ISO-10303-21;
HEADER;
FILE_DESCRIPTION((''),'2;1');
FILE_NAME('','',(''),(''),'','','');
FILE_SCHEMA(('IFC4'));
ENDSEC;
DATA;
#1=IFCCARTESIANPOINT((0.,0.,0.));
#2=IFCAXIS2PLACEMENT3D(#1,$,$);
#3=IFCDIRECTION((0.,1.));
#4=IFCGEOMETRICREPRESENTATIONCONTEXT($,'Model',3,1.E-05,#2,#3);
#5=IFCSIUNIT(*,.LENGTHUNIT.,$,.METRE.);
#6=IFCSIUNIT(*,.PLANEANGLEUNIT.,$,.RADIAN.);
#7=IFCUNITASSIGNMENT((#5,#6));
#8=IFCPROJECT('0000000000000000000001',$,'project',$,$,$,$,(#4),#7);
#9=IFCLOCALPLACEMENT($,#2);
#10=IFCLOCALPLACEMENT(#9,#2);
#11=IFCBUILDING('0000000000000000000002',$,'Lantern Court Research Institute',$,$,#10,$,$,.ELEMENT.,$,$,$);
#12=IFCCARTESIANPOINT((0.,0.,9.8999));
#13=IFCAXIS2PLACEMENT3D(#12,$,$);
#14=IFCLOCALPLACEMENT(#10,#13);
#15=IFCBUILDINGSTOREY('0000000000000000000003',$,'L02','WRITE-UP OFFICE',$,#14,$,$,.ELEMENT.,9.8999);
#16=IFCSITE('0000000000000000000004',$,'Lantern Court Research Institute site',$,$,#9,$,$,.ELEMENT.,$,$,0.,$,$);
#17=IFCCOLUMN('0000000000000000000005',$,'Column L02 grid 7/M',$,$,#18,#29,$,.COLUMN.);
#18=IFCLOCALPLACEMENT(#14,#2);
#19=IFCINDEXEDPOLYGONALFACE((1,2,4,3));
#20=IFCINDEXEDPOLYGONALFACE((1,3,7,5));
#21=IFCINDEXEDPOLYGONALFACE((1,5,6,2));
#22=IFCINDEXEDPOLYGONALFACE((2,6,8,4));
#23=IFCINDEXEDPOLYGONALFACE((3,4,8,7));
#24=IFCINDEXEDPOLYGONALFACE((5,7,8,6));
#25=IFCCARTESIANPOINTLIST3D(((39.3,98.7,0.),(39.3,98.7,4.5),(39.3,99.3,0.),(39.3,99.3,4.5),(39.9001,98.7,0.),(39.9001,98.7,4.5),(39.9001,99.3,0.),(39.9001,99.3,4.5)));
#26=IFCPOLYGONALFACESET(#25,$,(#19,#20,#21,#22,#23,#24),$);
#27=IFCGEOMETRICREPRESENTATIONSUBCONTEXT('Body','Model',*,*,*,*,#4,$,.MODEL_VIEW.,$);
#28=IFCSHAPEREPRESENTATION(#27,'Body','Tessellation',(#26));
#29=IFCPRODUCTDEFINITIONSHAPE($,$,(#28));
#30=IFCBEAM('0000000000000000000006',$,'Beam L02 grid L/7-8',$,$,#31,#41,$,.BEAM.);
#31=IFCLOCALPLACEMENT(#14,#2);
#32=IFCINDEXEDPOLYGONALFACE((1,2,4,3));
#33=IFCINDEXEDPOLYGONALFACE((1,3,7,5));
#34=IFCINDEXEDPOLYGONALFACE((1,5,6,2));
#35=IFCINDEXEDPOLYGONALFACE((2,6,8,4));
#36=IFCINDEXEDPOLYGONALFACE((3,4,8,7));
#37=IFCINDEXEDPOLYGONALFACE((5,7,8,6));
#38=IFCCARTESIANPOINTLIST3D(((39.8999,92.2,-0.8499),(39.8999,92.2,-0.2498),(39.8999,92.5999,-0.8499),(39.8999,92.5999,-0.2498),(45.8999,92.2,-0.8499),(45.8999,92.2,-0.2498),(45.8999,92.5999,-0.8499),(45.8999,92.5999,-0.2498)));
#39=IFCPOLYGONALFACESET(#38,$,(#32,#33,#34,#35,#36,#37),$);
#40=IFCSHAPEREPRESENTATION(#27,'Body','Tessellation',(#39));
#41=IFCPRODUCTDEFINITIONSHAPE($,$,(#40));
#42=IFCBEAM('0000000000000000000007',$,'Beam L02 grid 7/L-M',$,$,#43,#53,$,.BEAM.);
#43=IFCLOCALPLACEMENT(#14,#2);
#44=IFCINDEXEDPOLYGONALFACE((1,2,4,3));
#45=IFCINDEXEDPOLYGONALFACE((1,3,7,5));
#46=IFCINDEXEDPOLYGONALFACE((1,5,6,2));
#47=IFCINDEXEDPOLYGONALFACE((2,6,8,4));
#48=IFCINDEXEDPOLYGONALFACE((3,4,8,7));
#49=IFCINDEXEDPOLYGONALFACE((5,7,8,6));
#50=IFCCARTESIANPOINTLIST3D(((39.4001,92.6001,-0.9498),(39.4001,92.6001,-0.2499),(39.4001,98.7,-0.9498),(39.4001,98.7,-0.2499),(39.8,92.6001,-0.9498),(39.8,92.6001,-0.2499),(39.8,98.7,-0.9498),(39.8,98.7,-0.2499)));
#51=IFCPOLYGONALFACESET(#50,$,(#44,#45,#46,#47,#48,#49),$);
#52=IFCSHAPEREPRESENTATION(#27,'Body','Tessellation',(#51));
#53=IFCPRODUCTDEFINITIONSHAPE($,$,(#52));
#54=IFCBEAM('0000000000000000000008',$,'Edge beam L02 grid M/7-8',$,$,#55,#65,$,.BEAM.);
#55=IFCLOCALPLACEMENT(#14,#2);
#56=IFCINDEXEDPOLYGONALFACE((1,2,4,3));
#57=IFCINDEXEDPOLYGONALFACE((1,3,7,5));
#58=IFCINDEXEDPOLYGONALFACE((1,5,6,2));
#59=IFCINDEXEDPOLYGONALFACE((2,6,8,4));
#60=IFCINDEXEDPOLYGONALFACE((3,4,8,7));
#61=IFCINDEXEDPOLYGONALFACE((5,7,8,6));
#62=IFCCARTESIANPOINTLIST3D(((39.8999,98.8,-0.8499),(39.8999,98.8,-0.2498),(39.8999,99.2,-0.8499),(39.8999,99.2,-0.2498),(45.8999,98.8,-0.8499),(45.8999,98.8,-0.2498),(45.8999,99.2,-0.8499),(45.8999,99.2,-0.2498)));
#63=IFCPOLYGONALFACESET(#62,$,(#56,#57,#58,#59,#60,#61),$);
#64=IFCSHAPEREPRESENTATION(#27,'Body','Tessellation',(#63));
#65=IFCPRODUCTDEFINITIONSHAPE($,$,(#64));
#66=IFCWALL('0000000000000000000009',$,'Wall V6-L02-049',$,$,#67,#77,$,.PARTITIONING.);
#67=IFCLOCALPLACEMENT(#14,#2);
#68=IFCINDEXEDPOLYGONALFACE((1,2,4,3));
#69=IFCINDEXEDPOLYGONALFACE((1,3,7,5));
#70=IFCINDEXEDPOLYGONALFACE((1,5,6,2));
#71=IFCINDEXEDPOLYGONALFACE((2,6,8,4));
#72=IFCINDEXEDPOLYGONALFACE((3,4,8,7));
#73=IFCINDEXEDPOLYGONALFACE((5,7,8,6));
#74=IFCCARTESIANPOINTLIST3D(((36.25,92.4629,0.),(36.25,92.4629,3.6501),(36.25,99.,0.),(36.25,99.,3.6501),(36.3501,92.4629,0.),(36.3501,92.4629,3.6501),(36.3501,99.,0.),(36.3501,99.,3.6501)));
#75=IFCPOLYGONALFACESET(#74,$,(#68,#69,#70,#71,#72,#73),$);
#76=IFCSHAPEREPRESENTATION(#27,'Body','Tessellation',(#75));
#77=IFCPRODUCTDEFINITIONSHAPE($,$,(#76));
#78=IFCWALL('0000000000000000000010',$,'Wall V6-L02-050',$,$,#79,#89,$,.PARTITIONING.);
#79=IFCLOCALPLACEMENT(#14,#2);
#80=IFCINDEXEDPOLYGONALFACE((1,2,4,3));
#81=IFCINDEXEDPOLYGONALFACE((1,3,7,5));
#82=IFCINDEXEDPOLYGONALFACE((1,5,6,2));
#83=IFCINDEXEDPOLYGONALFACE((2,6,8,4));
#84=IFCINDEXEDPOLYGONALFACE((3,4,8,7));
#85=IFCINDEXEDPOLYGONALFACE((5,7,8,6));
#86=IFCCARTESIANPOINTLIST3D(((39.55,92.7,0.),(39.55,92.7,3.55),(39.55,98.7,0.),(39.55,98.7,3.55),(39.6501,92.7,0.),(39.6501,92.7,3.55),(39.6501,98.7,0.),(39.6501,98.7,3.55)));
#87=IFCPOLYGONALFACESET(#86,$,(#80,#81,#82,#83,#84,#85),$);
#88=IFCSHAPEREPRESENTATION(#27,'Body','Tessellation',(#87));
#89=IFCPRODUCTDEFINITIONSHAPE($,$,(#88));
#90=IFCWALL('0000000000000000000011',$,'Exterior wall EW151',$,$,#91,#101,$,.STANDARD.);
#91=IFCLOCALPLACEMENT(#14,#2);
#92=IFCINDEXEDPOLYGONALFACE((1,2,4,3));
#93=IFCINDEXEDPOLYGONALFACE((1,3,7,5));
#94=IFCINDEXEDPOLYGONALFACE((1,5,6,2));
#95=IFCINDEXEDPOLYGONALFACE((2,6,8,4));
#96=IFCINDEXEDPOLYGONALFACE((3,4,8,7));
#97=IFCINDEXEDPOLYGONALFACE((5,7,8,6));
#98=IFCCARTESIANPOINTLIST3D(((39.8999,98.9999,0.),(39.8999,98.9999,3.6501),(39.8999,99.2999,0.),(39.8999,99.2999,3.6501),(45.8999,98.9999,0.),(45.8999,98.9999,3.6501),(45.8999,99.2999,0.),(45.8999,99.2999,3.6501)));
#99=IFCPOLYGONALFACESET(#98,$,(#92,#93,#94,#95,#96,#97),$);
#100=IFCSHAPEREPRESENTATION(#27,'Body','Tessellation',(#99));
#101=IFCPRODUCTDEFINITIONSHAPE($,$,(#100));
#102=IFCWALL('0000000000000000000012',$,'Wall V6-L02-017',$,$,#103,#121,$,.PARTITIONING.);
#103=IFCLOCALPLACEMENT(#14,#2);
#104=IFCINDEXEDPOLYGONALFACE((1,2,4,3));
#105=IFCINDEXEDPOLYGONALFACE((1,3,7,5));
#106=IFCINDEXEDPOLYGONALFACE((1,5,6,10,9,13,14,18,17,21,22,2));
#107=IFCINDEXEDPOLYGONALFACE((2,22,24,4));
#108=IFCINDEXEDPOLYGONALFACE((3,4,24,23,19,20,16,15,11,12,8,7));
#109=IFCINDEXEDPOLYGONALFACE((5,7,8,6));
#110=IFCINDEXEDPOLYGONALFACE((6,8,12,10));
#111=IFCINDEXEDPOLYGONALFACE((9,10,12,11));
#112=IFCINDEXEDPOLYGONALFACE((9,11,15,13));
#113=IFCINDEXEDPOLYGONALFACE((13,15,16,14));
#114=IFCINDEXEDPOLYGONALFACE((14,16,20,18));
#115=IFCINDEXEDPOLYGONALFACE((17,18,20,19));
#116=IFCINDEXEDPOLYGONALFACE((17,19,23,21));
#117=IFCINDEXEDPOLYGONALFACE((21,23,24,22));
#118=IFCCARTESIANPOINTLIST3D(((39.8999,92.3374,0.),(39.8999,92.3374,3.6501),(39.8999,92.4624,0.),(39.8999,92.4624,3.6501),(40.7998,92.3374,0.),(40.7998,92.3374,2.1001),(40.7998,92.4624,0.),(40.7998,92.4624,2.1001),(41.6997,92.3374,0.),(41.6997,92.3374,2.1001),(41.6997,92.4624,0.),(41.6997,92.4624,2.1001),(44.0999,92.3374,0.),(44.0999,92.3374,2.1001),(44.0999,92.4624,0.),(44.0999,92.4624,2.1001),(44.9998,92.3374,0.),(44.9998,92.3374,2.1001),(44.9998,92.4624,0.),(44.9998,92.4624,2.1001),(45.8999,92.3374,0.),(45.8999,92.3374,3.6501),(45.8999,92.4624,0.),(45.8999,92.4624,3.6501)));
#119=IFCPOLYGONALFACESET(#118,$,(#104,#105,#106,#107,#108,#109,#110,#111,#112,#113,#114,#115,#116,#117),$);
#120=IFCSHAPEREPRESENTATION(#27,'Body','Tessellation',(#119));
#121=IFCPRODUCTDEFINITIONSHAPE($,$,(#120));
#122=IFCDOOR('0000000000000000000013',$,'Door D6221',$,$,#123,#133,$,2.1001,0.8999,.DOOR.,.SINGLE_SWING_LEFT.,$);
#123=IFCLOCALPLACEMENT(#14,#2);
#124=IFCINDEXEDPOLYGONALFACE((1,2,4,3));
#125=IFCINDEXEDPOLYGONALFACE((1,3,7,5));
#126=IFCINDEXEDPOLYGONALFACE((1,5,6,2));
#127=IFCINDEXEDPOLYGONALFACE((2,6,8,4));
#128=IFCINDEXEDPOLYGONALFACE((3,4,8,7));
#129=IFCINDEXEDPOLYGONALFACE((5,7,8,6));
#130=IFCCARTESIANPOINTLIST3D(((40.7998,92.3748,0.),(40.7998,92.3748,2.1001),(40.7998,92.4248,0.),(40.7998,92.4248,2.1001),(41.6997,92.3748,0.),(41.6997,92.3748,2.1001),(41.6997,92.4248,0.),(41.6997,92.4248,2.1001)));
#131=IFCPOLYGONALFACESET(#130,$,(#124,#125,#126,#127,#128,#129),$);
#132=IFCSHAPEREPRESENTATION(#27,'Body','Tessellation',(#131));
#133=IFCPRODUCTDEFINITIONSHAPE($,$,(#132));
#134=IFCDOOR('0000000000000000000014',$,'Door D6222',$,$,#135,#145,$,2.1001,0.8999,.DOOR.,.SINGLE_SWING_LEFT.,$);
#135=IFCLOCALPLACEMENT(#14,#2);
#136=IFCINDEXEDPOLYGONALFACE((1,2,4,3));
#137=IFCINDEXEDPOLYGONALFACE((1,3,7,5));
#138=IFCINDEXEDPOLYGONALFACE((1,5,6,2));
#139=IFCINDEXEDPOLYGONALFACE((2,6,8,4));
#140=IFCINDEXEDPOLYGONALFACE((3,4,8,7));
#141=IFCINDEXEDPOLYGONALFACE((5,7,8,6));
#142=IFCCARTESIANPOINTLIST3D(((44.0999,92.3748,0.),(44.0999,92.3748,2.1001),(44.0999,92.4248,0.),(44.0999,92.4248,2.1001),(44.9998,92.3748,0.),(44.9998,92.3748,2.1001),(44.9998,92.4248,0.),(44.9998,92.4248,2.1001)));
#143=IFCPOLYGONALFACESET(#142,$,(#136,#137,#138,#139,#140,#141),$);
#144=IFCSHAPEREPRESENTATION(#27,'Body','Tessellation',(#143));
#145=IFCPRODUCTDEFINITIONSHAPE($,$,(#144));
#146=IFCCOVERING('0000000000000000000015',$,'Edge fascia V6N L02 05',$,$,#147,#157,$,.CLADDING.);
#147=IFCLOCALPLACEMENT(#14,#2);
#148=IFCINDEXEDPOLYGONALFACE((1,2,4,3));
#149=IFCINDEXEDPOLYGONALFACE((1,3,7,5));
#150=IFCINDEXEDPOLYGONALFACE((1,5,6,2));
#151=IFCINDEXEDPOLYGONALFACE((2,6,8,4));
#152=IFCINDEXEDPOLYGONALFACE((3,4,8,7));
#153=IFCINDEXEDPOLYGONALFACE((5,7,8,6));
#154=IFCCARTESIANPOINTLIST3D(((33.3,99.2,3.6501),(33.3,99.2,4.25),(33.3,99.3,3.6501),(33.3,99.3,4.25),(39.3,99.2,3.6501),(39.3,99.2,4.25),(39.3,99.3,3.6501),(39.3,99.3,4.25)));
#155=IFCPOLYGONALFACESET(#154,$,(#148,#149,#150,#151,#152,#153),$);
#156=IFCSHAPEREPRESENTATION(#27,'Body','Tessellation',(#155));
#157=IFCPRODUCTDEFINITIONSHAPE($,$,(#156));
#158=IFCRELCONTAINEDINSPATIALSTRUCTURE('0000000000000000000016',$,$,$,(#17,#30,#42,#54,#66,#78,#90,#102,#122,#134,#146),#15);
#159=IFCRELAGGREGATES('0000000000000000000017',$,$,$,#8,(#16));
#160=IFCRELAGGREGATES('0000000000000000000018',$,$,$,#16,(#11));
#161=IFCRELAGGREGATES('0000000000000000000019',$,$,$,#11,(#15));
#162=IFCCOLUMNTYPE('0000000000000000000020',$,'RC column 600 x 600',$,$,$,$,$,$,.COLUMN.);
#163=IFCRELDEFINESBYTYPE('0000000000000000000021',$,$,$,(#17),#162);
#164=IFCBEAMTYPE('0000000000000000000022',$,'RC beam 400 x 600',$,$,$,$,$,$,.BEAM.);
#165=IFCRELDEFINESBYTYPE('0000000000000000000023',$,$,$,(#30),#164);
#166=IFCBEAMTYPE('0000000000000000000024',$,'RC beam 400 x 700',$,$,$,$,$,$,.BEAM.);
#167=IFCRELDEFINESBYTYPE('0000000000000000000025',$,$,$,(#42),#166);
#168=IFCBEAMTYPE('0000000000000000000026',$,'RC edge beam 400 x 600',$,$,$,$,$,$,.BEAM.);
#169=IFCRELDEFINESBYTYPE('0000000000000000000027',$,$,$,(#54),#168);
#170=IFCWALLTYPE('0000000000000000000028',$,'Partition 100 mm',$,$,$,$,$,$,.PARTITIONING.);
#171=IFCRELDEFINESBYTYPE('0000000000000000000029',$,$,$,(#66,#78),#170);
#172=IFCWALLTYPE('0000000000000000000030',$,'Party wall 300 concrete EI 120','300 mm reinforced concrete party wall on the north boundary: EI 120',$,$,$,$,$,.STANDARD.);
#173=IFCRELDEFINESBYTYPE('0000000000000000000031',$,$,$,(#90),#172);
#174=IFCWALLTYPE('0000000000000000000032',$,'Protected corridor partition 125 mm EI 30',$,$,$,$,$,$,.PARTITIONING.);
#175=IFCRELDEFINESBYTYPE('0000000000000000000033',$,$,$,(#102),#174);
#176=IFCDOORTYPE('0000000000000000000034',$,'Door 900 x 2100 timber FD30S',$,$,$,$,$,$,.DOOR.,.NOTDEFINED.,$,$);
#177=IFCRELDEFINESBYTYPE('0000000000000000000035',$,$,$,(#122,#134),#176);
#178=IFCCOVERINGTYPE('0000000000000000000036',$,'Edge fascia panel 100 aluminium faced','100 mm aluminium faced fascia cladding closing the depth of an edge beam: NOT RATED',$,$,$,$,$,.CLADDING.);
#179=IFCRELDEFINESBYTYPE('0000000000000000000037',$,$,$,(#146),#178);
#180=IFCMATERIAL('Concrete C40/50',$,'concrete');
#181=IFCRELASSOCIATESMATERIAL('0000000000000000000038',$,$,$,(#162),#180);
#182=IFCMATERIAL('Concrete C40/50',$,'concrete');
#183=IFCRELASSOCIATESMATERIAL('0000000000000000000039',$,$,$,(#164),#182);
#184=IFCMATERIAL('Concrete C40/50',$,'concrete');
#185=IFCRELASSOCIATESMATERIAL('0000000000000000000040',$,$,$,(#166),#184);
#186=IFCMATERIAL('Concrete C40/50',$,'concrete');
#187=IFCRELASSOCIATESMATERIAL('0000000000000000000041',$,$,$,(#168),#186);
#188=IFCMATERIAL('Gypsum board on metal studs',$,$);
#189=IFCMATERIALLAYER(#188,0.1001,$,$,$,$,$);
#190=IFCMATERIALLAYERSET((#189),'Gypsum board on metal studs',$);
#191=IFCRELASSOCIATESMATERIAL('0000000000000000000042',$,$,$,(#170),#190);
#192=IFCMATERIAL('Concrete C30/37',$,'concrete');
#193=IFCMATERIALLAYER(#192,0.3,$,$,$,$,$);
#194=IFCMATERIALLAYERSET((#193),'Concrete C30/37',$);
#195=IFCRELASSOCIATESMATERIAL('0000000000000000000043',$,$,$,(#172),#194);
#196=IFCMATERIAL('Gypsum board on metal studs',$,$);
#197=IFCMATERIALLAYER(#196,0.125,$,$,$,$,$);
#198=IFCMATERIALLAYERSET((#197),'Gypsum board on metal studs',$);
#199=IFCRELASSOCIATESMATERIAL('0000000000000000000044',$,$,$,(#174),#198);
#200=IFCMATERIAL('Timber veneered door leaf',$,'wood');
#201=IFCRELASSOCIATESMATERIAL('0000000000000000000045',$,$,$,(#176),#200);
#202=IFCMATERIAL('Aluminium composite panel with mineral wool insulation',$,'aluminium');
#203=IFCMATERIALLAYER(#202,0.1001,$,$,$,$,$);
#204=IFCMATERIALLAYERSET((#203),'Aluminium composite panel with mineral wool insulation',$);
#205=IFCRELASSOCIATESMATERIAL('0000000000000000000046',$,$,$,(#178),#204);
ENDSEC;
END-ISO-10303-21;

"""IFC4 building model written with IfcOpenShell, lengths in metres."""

from ifc_helpers import new_model, si_unit, direction, frame, frame_2d, origin, origin_2d, place, context, subcontext, project, spatial, rectangle, extrude, material, layer, layer_set, material_profile, profile_set, type_object, element, fill, save


model = new_model("IFC4")

# Units and contexts
model_context = context("Model", 3, precision=1e-05, world=origin(), true_north=direction((0.0, 1.0)))
body_context = subcontext(model_context, "Body", "Model", "MODEL_VIEW")
ifc_project = project(units=[si_unit("LENGTHUNIT", "METRE"), si_unit("PLANEANGLEUNIT", "RADIAN")], contexts=[model_context])

# Site, building, storey
site_placement = place(None, origin())
site = spatial("IfcSite", under=ifc_project, at=site_placement, Name="Lantern Court Research Institute site", CompositionType="ELEMENT", RefElevation=0.0)
building_placement = place(site_placement, origin())
building = spatial("IfcBuilding", under=site, at=building_placement, Name="Lantern Court Research Institute", CompositionType="ELEMENT")
storey_placement = place(building_placement, frame((0.0, 0.0, 9.8999)))
storey = spatial("IfcBuildingStorey", under=building, at=storey_placement, Name="L02", Description="WRITE-UP OFFICE", CompositionType="ELEMENT", Elevation=9.8999)

# Column
ifc_material_1 = material(Name="Concrete C40/50", Category="concrete")
ifc_material_profile_1 = material_profile(ifc_material_1, rectangle(XDim=0.6001, YDim=0.6001, at=origin_2d()), Name="RC column 600 x 600")
ifc_profile_set_1 = profile_set([ifc_material_profile_1], Name="Concrete C40/50")
column_type = type_object("IfcColumnType", Name="RC column 600 x 600", PredefinedType="COLUMN", material=ifc_profile_set_1)
column_placement = place(storey_placement, frame((39.6001, 99.0, 0.0), z_axis=(0.0, 0.0, 1.0), x_axis=(1.0, 0.0, 0.0)))
element("IfcColumn", 1, at=column_placement, inside=storey, type_object=column_type, Name="Column L02 grid 7/M", PredefinedType="COLUMN", context=body_context, shape_type="SweptSolid", body=[
    extrude(rectangle(XDim=0.6001, YDim=0.6001, at=origin_2d()), origin(), (0.0, 0.0, 1.0), 4.5),
])

# Beams
ifc_material_2 = material(Name="Concrete C40/50", Category="concrete")
ifc_material_profile_2 = material_profile(ifc_material_2, rectangle(XDim=0.3999, YDim=0.6001, at=origin_2d()), Name="RC beam 400 x 600")
ifc_profile_set_2 = profile_set([ifc_material_profile_2], Name="Concrete C40/50")
beam_type_1 = type_object("IfcBeamType", Name="RC beam 400 x 600", PredefinedType="BEAM", material=ifc_profile_set_2)
beam_1_placement = place(storey_placement, frame((39.8999, 92.3999, -0.5498), z_axis=(1.0, 0.0, 0.0), x_axis=(0.0, 1.0, 0.0)))
element("IfcBeam", 2, at=beam_1_placement, inside=storey, type_object=beam_type_1, Name="Beam L02 grid L/7-8", PredefinedType="BEAM", context=body_context, shape_type="SweptSolid", body=[
    extrude(rectangle(XDim=0.3999, YDim=0.6001, at=origin_2d()), origin(), (0.0, 0.0, 1.0), 6.0),
])
ifc_material_3 = material(Name="Concrete C40/50", Category="concrete")
ifc_material_profile_3 = material_profile(ifc_material_3, rectangle(XDim=0.3999, YDim=0.7, at=origin_2d()), Name="RC beam 400 x 700")
ifc_profile_set_3 = profile_set([ifc_material_profile_3], Name="Concrete C40/50")
beam_type_2 = type_object("IfcBeamType", Name="RC beam 400 x 700", PredefinedType="BEAM", material=ifc_profile_set_3)
beam_2_placement = place(storey_placement, frame((39.6001, 92.6001, -0.5999), z_axis=(0.0, 1.0, 0.0), x_axis=(-1.0, 0.0, 0.0)))
element("IfcBeam", 3, at=beam_2_placement, inside=storey, type_object=beam_type_2, Name="Beam L02 grid 7/L-M", PredefinedType="BEAM", context=body_context, shape_type="SweptSolid", body=[
    extrude(rectangle(XDim=0.3999, YDim=0.7, at=origin_2d()), origin(), (0.0, 0.0, 1.0), 6.0999),
])
ifc_material_4 = material(Name="Concrete C40/50", Category="concrete")
ifc_material_profile_4 = material_profile(ifc_material_4, rectangle(XDim=0.3999, YDim=0.6001, at=origin_2d()), Name="RC beam 400 x 600")
ifc_profile_set_4 = profile_set([ifc_material_profile_4], Name="Concrete C40/50")
beam_type_3 = type_object("IfcBeamType", Name="RC edge beam 400 x 600", PredefinedType="BEAM", material=ifc_profile_set_4)
beam_3_placement = place(storey_placement, frame((39.8999, 99.0, -0.5498), z_axis=(1.0, 0.0, 0.0), x_axis=(0.0, 1.0, 0.0)))
element("IfcBeam", 4, at=beam_3_placement, inside=storey, type_object=beam_type_3, Name="Edge beam L02 grid M/7-8", PredefinedType="BEAM", context=body_context, shape_type="SweptSolid", body=[
    extrude(rectangle(XDim=0.3999, YDim=0.6001, at=origin_2d()), origin(), (0.0, 0.0, 1.0), 6.0),
])

# Walls
ifc_material_5 = material(Name="Gypsum board on metal studs")
ifc_layer_1 = layer(ifc_material_5, 0.1001)
ifc_layer_set_1 = layer_set([ifc_layer_1], Name="Gypsum board on metal studs")
wall_type_1 = type_object("IfcWallType", Name="Partition 100 mm", PredefinedType="PARTITIONING", material=ifc_layer_set_1)
wall_1_placement = place(storey_placement, frame((36.3, 92.4629, 0.0), z_axis=(0.0, 0.0, 1.0), x_axis=(0.0, 1.0, 0.0)))
element("IfcWall", 5, at=wall_1_placement, inside=storey, type_object=wall_type_1, Name="Wall V6-L02-049", PredefinedType="PARTITIONING", context=body_context, shape_type="SweptSolid", body=[
    extrude(rectangle(XDim=6.5371, YDim=0.1001, at=frame_2d((3.2686, 0.0))), origin(), (0.0, 0.0, 1.0), 3.6501),
])
wall_2_placement = place(storey_placement, frame((39.6001, 92.7, 0.0), z_axis=(0.0, 0.0, 1.0), x_axis=(0.0, 1.0, 0.0)))
element("IfcWall", 6, at=wall_2_placement, inside=storey, type_object=wall_type_1, Name="Wall V6-L02-050", PredefinedType="PARTITIONING", context=body_context, shape_type="SweptSolid", body=[
    extrude(rectangle(XDim=6.0, YDim=0.1001, at=frame_2d((3.0, 0.0))), origin(), (0.0, 0.0, 1.0), 3.55),
])
ifc_material_6 = material(Name="Concrete C30/37", Category="concrete")
ifc_layer_2 = layer(ifc_material_6, 0.3)
ifc_layer_set_2 = layer_set([ifc_layer_2], Name="Concrete C30/37")
wall_type_2 = type_object("IfcWallType", Name="Party wall 300 concrete EI 120", Description="300 mm reinforced concrete party wall on the north boundary: EI 120", PredefinedType="STANDARD", material=ifc_layer_set_2)
wall_3_placement = place(storey_placement, frame((39.8999, 99.1499, 0.0), z_axis=(0.0, 0.0, 1.0), x_axis=(1.0, 0.0, 0.0)))
element("IfcWall", 7, at=wall_3_placement, inside=storey, type_object=wall_type_2, Name="Exterior wall EW151", PredefinedType="STANDARD", context=body_context, shape_type="SweptSolid", body=[
    extrude(rectangle(XDim=6.0, YDim=0.3, at=frame_2d((3.0, 0.0))), origin(), (0.0, 0.0, 1.0), 3.6501),
])

# Wall, openings, doors
ifc_material_7 = material(Name="Gypsum board on metal studs")
ifc_layer_3 = layer(ifc_material_7, 0.125)
ifc_layer_set_3 = layer_set([ifc_layer_3], Name="Gypsum board on metal studs")
wall_type_3 = type_object("IfcWallType", Name="Protected corridor partition 125 mm EI 30", PredefinedType="PARTITIONING", material=ifc_layer_set_3)
wall_4_placement = place(storey_placement, frame((39.8999, 92.3999, 0.0), z_axis=(0.0, 0.0, 1.0), x_axis=(1.0, 0.0, 0.0)))
wall_4 = element("IfcWall", 8, at=wall_4_placement, inside=storey, type_object=wall_type_3, Name="Wall V6-L02-017", PredefinedType="PARTITIONING", context=body_context, shape_type="SweptSolid", body=[
    extrude(rectangle(XDim=6.0, YDim=0.125, at=frame_2d((3.0, 0.0))), origin(), (0.0, 0.0, 1.0), 3.6501),
])
opening_1_placement = place(wall_4_placement, frame((0.8999, 0.0, 0.0)))
opening_1 = element("IfcOpeningElement", 9, at=opening_1_placement, cuts=wall_4, PredefinedType="OPENING", context=body_context, shape_type="SweptSolid", body=[
    extrude(rectangle(XDim=0.8999, YDim=2.1001, at=frame_2d((0.45, 1.05))), frame((0.0, 0.0725, 0.0), z_axis=(0.0, -1.0, 0.0), x_axis=(1.0, 0.0, 0.0)), (0.0, 0.0, 1.0), 0.145),
])
opening_2_placement = place(wall_4_placement, frame((4.2, 0.0, 0.0)))
opening_2 = element("IfcOpeningElement", 10, at=opening_2_placement, cuts=wall_4, PredefinedType="OPENING", context=body_context, shape_type="SweptSolid", body=[
    extrude(rectangle(XDim=0.8999, YDim=2.1001, at=frame_2d((0.45, 1.05))), frame((0.0, 0.0725, 0.0), z_axis=(0.0, -1.0, 0.0), x_axis=(1.0, 0.0, 0.0)), (0.0, 0.0, 1.0), 0.145),
])
ifc_material_8 = material(Name="Timber veneered door leaf", Category="wood")
door_type = type_object("IfcDoorType", Name="Door 900 x 2100 timber FD30S", OperationType="NOTDEFINED", PredefinedType="DOOR", material=ifc_material_8)
door_1_placement = place(opening_1_placement, origin())
door_1 = element("IfcDoor", 11, at=door_1_placement, inside=storey, type_object=door_type, Name="Door D6221", OperationType="SINGLE_SWING_LEFT", OverallHeight=2.1001, OverallWidth=0.8999, PredefinedType="DOOR", context=body_context, shape_type="SweptSolid", body=[
    extrude(rectangle(XDim=0.8999, YDim=2.1001, at=frame_2d((0.45, 1.05))), frame((0.0, 0.0249, 0.0), z_axis=(0.0, -1.0, 0.0), x_axis=(1.0, 0.0, 0.0)), (0.0, 0.0, 1.0), 0.05),
])
fill(opening_1, door_1)
door_2_placement = place(opening_2_placement, origin())
door_2 = element("IfcDoor", 12, at=door_2_placement, inside=storey, type_object=door_type, Name="Door D6222", OperationType="SINGLE_SWING_LEFT", OverallHeight=2.1001, OverallWidth=0.8999, PredefinedType="DOOR", context=body_context, shape_type="SweptSolid", body=[
    extrude(rectangle(XDim=0.8999, YDim=2.1001, at=frame_2d((0.45, 1.05))), frame((0.0, 0.0249, 0.0), z_axis=(0.0, -1.0, 0.0), x_axis=(1.0, 0.0, 0.0)), (0.0, 0.0, 1.0), 0.05),
])
fill(opening_2, door_2)

# Covering
ifc_material_9 = material(Name="Aluminium composite panel with mineral wool insulation", Category="aluminium")
ifc_layer_4 = layer(ifc_material_9, 0.1001)
ifc_layer_set_4 = layer_set([ifc_layer_4], Name="Aluminium composite panel with mineral wool insulation")
covering_type_1 = type_object("IfcCoveringType", Name="Edge fascia panel 100 aluminium faced", Description="100 mm aluminium faced fascia cladding closing the depth of an edge beam: NOT RATED", PredefinedType="CLADDING", material=ifc_layer_set_4)
covering_1_placement = place(storey_placement, frame((33.3, 99.25, 3.6501), z_axis=(0.0, 0.0, 1.0), x_axis=(1.0, 0.0, 0.0)))
element("IfcCovering", 13, at=covering_1_placement, inside=storey, type_object=covering_type_1, Name="Edge fascia V6N L02 05", PredefinedType="CLADDING", context=body_context, shape_type="SweptSolid", body=[
    extrude(rectangle(XDim=6.0, YDim=0.1001, at=frame_2d((3.0, 0.0))), origin(), (0.0, 0.0, 1.0), 0.5999),
])

save(model, "model.ifc")
